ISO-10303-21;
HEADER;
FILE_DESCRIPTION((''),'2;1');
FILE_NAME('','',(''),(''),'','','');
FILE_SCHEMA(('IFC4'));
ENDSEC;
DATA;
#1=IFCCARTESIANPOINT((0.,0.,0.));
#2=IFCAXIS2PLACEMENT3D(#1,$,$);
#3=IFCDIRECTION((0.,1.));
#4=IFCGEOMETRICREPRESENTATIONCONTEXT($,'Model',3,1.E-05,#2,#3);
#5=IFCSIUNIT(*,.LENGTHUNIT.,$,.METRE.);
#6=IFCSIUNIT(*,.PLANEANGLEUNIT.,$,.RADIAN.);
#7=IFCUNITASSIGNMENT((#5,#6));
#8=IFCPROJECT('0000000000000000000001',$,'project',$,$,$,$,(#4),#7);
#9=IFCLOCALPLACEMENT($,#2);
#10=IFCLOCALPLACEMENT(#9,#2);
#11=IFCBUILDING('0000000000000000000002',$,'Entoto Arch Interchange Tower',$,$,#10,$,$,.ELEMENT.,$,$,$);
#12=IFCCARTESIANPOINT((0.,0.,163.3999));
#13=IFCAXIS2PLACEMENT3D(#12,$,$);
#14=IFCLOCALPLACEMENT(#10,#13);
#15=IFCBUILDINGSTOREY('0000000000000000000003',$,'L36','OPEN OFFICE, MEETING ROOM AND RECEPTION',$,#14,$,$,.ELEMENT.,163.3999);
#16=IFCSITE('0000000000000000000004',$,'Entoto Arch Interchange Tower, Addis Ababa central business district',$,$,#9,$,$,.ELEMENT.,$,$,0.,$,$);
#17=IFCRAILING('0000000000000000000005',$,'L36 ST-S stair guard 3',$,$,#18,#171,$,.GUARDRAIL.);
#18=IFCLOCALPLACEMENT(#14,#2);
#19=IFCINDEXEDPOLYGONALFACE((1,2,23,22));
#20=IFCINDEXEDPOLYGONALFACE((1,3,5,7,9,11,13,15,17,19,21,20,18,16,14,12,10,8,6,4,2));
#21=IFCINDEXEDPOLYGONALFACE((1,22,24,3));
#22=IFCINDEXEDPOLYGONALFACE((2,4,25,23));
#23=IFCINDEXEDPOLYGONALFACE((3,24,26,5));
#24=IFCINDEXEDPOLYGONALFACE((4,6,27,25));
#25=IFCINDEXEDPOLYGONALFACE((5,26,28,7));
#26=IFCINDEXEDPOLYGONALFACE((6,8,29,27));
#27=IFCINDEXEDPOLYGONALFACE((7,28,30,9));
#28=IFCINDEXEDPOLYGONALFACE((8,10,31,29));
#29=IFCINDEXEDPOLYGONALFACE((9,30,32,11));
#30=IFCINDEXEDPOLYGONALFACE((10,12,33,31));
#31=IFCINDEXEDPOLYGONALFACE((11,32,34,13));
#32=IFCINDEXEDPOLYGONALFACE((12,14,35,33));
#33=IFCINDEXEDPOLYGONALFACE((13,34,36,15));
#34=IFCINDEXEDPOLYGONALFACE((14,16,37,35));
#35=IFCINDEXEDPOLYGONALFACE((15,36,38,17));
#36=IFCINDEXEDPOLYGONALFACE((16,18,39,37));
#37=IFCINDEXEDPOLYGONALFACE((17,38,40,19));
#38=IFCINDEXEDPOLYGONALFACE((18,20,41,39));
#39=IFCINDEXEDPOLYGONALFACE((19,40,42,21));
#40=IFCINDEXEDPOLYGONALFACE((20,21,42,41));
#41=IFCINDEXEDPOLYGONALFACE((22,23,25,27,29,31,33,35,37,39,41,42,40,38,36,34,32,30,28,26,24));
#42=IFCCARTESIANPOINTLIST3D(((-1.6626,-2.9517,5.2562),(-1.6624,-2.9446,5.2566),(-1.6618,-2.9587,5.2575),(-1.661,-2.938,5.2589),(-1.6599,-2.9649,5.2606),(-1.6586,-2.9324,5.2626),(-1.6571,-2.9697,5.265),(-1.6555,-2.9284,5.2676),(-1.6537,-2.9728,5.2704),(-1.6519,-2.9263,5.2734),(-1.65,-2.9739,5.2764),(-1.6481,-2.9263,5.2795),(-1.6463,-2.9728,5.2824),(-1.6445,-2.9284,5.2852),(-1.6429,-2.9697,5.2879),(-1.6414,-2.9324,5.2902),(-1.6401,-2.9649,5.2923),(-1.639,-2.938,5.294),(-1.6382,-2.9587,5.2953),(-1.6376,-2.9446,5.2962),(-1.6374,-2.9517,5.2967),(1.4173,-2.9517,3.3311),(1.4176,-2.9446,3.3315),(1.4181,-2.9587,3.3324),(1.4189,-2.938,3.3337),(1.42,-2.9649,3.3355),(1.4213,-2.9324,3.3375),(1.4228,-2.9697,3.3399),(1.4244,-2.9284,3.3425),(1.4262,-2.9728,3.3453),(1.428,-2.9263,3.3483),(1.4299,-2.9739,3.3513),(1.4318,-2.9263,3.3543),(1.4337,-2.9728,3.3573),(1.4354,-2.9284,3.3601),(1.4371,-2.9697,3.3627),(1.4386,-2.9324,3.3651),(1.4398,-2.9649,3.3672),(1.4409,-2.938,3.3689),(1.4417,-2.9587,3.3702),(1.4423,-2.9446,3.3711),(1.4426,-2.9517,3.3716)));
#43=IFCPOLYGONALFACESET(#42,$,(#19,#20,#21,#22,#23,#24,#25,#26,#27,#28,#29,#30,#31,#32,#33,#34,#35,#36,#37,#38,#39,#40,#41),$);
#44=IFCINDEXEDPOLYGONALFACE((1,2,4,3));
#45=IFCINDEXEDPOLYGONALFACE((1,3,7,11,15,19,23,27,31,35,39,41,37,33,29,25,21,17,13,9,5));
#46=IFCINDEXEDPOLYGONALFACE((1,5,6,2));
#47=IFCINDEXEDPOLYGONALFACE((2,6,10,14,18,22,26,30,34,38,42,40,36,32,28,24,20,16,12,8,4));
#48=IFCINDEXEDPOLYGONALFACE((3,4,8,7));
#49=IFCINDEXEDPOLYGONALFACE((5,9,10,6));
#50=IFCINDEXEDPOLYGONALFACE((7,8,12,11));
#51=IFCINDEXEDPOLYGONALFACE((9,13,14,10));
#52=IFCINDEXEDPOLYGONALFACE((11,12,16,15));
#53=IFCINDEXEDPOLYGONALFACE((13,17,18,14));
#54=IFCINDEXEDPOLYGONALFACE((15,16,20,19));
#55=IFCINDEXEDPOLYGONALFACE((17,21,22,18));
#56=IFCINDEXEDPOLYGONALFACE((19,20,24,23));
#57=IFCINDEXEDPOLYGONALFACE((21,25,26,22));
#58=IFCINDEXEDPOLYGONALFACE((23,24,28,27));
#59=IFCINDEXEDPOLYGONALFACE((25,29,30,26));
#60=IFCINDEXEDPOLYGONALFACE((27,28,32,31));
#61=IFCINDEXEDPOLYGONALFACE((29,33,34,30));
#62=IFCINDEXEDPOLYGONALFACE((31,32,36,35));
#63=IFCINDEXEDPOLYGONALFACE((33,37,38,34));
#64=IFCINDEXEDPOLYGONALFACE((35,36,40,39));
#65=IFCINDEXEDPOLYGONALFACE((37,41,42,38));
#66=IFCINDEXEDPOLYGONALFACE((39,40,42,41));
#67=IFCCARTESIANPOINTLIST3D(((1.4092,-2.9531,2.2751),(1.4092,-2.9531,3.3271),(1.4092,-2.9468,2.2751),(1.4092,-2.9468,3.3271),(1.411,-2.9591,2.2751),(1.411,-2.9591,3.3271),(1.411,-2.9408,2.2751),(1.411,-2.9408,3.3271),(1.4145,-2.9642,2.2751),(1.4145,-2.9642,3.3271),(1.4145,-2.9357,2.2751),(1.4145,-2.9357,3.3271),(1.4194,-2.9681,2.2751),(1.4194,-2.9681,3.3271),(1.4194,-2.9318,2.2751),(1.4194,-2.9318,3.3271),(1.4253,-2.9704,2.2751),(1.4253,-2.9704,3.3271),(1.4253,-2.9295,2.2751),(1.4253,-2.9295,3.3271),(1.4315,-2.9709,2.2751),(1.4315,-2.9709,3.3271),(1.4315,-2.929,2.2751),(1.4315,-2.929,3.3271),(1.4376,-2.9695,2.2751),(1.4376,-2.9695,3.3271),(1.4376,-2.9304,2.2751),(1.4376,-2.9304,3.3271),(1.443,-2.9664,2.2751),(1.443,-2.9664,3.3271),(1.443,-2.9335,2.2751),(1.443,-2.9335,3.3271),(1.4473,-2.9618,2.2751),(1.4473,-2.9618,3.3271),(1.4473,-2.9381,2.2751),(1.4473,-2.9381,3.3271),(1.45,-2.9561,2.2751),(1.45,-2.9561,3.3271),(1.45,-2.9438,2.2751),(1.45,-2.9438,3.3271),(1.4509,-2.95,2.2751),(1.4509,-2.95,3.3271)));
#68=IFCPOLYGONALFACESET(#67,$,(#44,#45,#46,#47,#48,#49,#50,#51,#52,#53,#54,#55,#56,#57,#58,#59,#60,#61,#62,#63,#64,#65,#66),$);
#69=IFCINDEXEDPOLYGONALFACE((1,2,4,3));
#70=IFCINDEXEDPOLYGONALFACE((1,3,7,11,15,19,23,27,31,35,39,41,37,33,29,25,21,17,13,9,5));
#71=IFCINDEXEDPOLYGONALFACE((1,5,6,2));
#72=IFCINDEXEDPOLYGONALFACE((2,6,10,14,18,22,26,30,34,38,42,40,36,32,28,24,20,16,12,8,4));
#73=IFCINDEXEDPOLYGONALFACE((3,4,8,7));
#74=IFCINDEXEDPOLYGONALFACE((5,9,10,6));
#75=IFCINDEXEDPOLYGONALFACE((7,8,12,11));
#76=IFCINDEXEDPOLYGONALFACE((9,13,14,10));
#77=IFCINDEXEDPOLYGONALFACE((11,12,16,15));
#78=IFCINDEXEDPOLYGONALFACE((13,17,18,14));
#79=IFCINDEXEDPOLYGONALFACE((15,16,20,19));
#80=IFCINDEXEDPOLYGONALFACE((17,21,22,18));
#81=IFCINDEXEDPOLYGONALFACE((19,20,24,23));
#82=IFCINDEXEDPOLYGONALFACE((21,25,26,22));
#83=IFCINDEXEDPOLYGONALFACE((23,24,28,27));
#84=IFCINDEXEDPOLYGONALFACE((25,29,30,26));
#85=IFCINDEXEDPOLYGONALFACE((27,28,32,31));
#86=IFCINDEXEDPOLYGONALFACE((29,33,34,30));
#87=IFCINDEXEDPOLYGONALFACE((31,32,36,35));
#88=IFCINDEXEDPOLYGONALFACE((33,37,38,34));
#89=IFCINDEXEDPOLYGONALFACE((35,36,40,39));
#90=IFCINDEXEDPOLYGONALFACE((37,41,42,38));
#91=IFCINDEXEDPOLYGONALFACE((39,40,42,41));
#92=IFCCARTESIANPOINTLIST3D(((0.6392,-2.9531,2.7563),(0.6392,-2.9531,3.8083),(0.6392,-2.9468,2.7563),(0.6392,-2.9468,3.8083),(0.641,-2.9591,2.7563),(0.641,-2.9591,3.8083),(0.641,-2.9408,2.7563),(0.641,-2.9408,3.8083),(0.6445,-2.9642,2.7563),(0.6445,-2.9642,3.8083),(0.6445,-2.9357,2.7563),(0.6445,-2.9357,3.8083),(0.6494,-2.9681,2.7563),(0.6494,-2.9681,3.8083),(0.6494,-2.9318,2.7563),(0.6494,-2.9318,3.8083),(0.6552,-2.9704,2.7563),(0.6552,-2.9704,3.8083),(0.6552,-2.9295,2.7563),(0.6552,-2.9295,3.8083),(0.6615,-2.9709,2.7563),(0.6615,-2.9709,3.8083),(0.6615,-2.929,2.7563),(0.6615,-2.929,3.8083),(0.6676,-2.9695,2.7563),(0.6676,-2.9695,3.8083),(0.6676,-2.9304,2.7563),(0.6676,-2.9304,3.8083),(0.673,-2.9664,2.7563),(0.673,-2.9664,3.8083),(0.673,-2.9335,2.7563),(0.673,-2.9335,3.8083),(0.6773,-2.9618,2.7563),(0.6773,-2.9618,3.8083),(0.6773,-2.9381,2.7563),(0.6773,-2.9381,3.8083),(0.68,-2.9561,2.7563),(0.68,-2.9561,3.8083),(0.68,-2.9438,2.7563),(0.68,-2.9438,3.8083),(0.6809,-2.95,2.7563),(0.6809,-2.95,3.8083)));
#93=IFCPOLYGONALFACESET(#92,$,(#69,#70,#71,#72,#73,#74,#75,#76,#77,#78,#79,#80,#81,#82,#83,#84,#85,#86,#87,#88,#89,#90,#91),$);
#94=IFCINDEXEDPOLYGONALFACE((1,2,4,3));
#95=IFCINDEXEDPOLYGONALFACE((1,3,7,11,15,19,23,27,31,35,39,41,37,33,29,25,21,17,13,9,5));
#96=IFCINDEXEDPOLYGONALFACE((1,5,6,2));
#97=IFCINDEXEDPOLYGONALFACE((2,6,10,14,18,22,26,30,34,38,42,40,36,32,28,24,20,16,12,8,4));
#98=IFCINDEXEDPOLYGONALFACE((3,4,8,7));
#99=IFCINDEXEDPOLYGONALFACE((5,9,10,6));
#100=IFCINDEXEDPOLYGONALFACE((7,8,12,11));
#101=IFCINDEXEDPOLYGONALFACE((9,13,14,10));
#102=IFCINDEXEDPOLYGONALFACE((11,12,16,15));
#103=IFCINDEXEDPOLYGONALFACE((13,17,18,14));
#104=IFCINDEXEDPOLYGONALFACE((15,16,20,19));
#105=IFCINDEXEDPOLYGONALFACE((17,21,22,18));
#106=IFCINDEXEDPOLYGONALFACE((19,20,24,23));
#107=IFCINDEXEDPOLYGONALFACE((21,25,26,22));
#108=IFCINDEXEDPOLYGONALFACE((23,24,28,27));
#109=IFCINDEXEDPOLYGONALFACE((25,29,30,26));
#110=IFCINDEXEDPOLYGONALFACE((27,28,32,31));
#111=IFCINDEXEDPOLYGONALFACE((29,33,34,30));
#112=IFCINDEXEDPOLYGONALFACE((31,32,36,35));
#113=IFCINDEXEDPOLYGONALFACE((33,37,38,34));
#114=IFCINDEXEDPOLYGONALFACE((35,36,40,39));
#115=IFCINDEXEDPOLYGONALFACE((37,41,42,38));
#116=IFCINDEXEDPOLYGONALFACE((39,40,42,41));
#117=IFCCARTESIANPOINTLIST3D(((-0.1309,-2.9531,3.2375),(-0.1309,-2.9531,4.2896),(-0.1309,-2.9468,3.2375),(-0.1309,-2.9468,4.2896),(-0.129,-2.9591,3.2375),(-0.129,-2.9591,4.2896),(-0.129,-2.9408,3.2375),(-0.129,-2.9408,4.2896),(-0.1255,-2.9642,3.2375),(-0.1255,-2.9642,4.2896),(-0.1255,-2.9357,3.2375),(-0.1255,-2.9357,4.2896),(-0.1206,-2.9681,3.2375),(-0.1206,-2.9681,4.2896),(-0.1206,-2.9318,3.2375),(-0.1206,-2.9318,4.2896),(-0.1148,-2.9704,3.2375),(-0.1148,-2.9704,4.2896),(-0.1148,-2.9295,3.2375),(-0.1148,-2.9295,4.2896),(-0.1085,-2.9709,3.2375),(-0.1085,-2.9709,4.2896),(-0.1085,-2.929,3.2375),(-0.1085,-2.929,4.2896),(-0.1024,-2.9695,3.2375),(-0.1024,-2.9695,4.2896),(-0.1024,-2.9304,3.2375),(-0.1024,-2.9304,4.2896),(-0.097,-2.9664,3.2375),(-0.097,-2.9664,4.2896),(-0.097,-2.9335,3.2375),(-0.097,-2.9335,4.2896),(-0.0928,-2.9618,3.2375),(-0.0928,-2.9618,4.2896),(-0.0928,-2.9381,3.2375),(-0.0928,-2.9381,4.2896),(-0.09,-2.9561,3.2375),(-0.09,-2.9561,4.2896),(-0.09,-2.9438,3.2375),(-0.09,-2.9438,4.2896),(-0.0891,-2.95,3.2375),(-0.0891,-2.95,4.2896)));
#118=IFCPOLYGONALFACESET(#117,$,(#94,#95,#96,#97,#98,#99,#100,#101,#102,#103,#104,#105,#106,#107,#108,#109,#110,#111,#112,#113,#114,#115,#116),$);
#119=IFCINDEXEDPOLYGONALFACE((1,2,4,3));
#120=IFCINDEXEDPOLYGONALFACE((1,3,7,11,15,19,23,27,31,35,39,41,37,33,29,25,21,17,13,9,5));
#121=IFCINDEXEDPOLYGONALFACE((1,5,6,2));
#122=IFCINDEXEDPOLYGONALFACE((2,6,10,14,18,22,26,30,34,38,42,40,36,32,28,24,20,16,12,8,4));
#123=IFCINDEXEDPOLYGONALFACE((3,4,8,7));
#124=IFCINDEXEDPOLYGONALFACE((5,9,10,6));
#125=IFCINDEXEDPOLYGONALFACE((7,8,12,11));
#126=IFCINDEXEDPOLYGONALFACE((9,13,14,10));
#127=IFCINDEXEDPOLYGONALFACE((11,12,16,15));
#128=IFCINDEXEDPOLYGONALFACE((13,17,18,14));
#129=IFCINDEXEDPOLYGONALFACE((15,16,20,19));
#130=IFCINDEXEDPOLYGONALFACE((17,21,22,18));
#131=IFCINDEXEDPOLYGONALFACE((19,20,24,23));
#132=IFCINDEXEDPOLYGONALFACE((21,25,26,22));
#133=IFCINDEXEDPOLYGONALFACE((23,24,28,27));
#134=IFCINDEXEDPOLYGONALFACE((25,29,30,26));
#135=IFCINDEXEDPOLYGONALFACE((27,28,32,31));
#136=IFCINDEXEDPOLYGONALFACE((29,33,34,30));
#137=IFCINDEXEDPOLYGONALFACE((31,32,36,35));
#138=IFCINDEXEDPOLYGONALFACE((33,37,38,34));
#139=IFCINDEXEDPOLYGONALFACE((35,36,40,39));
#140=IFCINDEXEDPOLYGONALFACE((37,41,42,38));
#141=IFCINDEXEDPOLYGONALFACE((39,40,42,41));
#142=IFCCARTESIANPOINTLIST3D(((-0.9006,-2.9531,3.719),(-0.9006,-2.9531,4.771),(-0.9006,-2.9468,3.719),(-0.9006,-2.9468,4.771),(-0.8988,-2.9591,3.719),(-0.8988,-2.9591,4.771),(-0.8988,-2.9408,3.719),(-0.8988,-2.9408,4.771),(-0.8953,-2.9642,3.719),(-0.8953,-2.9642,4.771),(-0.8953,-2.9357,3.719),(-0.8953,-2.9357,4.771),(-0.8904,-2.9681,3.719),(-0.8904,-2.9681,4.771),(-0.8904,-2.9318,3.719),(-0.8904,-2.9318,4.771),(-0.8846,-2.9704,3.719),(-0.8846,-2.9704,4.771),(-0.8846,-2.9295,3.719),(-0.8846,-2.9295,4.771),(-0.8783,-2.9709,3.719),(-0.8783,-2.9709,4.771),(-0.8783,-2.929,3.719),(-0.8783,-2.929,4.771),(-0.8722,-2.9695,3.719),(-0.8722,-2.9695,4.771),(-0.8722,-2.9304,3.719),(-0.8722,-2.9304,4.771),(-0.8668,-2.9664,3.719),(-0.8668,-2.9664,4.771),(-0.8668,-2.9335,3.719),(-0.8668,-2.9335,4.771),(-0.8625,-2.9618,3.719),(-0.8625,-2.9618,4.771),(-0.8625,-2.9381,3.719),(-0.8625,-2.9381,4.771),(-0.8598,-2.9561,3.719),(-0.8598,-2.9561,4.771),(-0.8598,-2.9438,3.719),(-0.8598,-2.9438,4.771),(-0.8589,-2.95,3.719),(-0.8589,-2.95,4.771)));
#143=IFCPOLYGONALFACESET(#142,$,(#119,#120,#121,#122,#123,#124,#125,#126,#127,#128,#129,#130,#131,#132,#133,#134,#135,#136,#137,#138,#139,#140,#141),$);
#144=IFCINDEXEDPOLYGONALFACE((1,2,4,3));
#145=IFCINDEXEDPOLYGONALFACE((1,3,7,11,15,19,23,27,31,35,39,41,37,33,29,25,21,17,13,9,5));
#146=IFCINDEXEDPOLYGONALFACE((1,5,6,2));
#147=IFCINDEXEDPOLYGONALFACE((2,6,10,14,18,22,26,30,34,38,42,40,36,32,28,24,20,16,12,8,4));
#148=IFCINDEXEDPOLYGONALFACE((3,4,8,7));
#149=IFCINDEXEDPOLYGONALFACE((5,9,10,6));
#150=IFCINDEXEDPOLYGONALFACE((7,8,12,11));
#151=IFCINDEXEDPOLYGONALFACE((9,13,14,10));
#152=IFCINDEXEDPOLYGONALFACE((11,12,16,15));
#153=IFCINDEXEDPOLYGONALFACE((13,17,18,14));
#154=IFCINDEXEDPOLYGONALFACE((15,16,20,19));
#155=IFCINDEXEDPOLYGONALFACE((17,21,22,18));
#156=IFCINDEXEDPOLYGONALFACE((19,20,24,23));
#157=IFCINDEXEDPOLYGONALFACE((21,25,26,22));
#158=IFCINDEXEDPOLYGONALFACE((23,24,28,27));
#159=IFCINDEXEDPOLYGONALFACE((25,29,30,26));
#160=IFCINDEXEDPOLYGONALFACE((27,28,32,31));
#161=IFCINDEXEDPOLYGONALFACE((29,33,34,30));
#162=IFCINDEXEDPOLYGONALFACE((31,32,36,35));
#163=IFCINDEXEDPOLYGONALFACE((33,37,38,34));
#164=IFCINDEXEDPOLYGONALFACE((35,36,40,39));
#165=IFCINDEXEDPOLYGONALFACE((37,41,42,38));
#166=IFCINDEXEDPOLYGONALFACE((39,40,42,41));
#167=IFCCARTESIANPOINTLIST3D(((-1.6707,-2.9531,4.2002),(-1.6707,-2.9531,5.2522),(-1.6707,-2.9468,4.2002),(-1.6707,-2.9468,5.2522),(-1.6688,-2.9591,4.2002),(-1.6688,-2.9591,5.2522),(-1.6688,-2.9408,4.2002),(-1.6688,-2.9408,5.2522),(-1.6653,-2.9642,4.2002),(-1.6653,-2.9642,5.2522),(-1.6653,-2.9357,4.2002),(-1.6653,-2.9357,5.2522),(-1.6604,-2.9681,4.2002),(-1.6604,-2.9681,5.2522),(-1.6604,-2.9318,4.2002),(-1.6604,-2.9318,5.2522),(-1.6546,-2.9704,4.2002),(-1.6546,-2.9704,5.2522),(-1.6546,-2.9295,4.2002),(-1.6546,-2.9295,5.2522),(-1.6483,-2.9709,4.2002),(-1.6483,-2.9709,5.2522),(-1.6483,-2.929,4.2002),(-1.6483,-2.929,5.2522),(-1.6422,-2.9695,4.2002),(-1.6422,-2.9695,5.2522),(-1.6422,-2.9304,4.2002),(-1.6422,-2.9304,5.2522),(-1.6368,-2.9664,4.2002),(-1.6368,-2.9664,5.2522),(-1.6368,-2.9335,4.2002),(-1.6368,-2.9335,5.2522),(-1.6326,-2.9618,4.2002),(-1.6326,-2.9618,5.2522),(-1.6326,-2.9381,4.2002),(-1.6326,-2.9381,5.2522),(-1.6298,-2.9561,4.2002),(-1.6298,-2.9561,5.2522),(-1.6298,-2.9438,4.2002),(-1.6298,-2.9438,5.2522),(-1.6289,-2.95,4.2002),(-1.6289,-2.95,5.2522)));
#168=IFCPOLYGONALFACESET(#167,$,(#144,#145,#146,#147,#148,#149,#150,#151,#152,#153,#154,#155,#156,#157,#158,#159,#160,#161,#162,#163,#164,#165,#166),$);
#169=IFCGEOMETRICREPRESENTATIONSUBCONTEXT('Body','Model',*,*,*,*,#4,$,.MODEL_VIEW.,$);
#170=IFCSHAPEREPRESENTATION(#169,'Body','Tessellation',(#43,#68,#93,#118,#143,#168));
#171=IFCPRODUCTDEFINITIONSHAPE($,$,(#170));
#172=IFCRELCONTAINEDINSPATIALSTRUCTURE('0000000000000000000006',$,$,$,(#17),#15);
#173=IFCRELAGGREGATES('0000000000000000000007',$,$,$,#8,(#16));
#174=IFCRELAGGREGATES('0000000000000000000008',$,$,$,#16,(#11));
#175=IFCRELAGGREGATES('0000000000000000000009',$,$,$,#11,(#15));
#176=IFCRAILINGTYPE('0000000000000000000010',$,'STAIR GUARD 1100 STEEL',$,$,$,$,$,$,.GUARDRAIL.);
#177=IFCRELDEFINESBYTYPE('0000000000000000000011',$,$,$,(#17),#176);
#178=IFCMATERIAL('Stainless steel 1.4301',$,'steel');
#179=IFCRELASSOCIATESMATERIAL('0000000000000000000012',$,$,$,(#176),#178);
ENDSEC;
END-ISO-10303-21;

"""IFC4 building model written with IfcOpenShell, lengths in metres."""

from ifc_helpers import new_model, si_unit, direction, frame, origin, origin_2d, place, context, subcontext, project, spatial, circle, extrude, material, type_object, element, save


model = new_model("IFC4")

# Units and contexts
model_context = context("Model", 3, precision=1e-05, world=origin(), true_north=direction((0.0, 1.0)))
body_context = subcontext(model_context, "Body", "Model", "MODEL_VIEW")
ifc_project = project(units=[si_unit("LENGTHUNIT", "METRE"), si_unit("PLANEANGLEUNIT", "RADIAN")], contexts=[model_context])

# Site, building, storey
site_placement = place(None, origin())
site = spatial("IfcSite", under=ifc_project, at=site_placement, Name="Entoto Arch Interchange Tower, Addis Ababa central business district", CompositionType="ELEMENT", RefElevation=0.0)
building_placement = place(site_placement, origin())
building = spatial("IfcBuilding", under=site, at=building_placement, Name="Entoto Arch Interchange Tower", CompositionType="ELEMENT")
storey_placement = place(building_placement, frame((0.0, 0.0, 163.3999)))
storey = spatial("IfcBuildingStorey", under=building, at=storey_placement, Name="L36", Description="OPEN OFFICE, MEETING ROOM AND RECEPTION", CompositionType="ELEMENT", Elevation=163.3999)

# Railing
ifc_material_1 = material(Name="Stainless steel 1.4301", Category="steel")
railing_type_1 = type_object("IfcRailingType", Name="STAIR GUARD 1100 STEEL", PredefinedType="GUARDRAIL", material=ifc_material_1)
railing_1_placement = place(storey_placement, frame((1.4299, -2.95, 2.2751)))
element("IfcRailing", 1, at=railing_1_placement, inside=storey, type_object=railing_type_1, Name="L36 ST-S stair guard 3", PredefinedType="GUARDRAIL", context=body_context, shape_type="SweptSolid", body=[
    extrude(circle(Radius=0.0239, at=origin_2d()), frame((0.0, 0.0, 1.0762), z_axis=(-0.847979, 0.0, 0.530029), x_axis=(0.0, -1.0, 0.0)), (0.0, 0.0, 1.0), 3.6321),
    extrude(circle(Radius=0.021, at=origin_2d()), origin(), (0.0, 0.0, 1.0), 1.052),
    extrude(circle(Radius=0.021, at=origin_2d()), frame((-0.77, 0.0, 0.4812)), (0.0, 0.0, 1.0), 1.052),
    extrude(circle(Radius=0.021, at=origin_2d()), frame((-1.54, 0.0, 0.9624)), (0.0, 0.0, 1.0), 1.052),
    extrude(circle(Radius=0.021, at=origin_2d()), frame((-2.3098, 0.0, 1.4438)), (0.0, 0.0, 1.0), 1.052),
    extrude(circle(Radius=0.021, at=origin_2d()), frame((-3.0798, 0.0, 1.925)), (0.0, 0.0, 1.0), 1.052),
])

save(model, "model.ifc")
